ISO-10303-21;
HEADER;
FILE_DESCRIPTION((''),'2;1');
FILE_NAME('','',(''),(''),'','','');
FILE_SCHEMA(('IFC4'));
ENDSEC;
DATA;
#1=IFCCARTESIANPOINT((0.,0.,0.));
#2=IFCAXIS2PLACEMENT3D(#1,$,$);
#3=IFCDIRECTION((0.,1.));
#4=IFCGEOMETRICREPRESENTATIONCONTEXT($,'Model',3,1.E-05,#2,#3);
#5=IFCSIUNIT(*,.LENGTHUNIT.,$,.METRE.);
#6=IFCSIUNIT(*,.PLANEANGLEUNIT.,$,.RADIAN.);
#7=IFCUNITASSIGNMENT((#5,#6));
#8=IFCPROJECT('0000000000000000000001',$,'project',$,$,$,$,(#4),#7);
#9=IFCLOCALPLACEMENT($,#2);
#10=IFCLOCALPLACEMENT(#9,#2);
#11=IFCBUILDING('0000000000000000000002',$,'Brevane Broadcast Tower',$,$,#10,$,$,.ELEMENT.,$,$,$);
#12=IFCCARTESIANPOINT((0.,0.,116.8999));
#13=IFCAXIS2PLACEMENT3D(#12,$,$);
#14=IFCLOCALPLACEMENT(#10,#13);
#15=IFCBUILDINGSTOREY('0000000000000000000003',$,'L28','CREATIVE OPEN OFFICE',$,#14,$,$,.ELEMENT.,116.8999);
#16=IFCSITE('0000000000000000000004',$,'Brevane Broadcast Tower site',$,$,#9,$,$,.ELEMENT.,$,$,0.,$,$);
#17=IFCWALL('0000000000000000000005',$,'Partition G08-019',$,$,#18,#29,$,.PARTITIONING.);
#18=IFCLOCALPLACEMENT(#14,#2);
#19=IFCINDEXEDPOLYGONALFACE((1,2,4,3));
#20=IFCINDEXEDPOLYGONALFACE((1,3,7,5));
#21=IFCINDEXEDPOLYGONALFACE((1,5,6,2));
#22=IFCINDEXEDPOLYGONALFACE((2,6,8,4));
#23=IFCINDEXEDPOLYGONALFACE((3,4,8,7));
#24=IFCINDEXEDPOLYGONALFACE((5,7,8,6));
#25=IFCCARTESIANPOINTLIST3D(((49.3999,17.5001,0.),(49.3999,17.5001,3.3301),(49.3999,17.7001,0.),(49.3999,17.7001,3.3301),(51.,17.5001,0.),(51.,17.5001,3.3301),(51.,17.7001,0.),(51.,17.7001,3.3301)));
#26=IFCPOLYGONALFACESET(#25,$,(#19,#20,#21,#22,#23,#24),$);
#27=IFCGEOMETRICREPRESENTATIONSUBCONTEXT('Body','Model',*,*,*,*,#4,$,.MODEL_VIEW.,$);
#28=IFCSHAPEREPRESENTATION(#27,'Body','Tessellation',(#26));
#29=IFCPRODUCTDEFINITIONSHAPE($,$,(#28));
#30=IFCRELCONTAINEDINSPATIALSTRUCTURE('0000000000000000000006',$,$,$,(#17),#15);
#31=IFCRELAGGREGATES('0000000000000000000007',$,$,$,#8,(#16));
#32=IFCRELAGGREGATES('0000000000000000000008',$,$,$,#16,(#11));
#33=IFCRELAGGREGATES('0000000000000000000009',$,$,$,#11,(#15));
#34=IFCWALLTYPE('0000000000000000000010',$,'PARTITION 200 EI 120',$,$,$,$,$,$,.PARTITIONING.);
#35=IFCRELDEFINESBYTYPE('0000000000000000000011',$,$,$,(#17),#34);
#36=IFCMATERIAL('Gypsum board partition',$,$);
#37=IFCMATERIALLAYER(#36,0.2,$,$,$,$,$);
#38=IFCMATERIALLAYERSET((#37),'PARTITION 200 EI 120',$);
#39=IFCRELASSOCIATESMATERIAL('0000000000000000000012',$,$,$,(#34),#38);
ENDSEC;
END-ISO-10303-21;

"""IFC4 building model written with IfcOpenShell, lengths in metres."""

from ifc_helpers import new_model, si_unit, direction, frame, frame_2d, origin, place, context, subcontext, project, spatial, rectangle, extrude, material, layer, layer_set, type_object, element, save


model = new_model("IFC4")

# Units and contexts
model_context = context("Model", 3, precision=1e-05, world=origin(), true_north=direction((0.0, 1.0)))
body_context = subcontext(model_context, "Body", "Model", "MODEL_VIEW")
ifc_project = project(units=[si_unit("LENGTHUNIT", "METRE"), si_unit("PLANEANGLEUNIT", "RADIAN")], contexts=[model_context])

# Site, building, storey
site_placement = place(None, origin())
site = spatial("IfcSite", under=ifc_project, at=site_placement, Name="Brevane Broadcast Tower site", CompositionType="ELEMENT", RefElevation=0.0)
building_placement = place(site_placement, origin())
building = spatial("IfcBuilding", under=site, at=building_placement, Name="Brevane Broadcast Tower", CompositionType="ELEMENT")
storey_placement = place(building_placement, frame((0.0, 0.0, 116.8999)))
storey = spatial("IfcBuildingStorey", under=building, at=storey_placement, Name="L28", Description="CREATIVE OPEN OFFICE", CompositionType="ELEMENT", Elevation=116.8999)

# Shared definitions
ifc_material_1 = material(Name="Gypsum board partition")

# Wall
ifc_layer_1 = layer(ifc_material_1, 0.2)
ifc_layer_set_1 = layer_set([ifc_layer_1], Name="PARTITION 200 EI 120")
wall_type_1 = type_object("IfcWallType", Name="PARTITION 200 EI 120", PredefinedType="PARTITIONING", material=ifc_layer_set_1)
wall_1_placement = place(storey_placement, frame((51.0, 17.6001, 0.0), z_axis=(0.0, 0.0, 1.0), x_axis=(-1.0, 0.0, 0.0)))
element("IfcWall", 1, at=wall_1_placement, inside=storey, type_object=wall_type_1, Name="Partition G08-019", PredefinedType="PARTITIONING", context=body_context, shape_type="SweptSolid", body=[
    extrude(rectangle(XDim=1.6001, YDim=0.2, at=frame_2d((0.8, 0.0))), origin(), (0.0, 0.0, 1.0), 3.3301),
])

save(model, "model.ifc")
